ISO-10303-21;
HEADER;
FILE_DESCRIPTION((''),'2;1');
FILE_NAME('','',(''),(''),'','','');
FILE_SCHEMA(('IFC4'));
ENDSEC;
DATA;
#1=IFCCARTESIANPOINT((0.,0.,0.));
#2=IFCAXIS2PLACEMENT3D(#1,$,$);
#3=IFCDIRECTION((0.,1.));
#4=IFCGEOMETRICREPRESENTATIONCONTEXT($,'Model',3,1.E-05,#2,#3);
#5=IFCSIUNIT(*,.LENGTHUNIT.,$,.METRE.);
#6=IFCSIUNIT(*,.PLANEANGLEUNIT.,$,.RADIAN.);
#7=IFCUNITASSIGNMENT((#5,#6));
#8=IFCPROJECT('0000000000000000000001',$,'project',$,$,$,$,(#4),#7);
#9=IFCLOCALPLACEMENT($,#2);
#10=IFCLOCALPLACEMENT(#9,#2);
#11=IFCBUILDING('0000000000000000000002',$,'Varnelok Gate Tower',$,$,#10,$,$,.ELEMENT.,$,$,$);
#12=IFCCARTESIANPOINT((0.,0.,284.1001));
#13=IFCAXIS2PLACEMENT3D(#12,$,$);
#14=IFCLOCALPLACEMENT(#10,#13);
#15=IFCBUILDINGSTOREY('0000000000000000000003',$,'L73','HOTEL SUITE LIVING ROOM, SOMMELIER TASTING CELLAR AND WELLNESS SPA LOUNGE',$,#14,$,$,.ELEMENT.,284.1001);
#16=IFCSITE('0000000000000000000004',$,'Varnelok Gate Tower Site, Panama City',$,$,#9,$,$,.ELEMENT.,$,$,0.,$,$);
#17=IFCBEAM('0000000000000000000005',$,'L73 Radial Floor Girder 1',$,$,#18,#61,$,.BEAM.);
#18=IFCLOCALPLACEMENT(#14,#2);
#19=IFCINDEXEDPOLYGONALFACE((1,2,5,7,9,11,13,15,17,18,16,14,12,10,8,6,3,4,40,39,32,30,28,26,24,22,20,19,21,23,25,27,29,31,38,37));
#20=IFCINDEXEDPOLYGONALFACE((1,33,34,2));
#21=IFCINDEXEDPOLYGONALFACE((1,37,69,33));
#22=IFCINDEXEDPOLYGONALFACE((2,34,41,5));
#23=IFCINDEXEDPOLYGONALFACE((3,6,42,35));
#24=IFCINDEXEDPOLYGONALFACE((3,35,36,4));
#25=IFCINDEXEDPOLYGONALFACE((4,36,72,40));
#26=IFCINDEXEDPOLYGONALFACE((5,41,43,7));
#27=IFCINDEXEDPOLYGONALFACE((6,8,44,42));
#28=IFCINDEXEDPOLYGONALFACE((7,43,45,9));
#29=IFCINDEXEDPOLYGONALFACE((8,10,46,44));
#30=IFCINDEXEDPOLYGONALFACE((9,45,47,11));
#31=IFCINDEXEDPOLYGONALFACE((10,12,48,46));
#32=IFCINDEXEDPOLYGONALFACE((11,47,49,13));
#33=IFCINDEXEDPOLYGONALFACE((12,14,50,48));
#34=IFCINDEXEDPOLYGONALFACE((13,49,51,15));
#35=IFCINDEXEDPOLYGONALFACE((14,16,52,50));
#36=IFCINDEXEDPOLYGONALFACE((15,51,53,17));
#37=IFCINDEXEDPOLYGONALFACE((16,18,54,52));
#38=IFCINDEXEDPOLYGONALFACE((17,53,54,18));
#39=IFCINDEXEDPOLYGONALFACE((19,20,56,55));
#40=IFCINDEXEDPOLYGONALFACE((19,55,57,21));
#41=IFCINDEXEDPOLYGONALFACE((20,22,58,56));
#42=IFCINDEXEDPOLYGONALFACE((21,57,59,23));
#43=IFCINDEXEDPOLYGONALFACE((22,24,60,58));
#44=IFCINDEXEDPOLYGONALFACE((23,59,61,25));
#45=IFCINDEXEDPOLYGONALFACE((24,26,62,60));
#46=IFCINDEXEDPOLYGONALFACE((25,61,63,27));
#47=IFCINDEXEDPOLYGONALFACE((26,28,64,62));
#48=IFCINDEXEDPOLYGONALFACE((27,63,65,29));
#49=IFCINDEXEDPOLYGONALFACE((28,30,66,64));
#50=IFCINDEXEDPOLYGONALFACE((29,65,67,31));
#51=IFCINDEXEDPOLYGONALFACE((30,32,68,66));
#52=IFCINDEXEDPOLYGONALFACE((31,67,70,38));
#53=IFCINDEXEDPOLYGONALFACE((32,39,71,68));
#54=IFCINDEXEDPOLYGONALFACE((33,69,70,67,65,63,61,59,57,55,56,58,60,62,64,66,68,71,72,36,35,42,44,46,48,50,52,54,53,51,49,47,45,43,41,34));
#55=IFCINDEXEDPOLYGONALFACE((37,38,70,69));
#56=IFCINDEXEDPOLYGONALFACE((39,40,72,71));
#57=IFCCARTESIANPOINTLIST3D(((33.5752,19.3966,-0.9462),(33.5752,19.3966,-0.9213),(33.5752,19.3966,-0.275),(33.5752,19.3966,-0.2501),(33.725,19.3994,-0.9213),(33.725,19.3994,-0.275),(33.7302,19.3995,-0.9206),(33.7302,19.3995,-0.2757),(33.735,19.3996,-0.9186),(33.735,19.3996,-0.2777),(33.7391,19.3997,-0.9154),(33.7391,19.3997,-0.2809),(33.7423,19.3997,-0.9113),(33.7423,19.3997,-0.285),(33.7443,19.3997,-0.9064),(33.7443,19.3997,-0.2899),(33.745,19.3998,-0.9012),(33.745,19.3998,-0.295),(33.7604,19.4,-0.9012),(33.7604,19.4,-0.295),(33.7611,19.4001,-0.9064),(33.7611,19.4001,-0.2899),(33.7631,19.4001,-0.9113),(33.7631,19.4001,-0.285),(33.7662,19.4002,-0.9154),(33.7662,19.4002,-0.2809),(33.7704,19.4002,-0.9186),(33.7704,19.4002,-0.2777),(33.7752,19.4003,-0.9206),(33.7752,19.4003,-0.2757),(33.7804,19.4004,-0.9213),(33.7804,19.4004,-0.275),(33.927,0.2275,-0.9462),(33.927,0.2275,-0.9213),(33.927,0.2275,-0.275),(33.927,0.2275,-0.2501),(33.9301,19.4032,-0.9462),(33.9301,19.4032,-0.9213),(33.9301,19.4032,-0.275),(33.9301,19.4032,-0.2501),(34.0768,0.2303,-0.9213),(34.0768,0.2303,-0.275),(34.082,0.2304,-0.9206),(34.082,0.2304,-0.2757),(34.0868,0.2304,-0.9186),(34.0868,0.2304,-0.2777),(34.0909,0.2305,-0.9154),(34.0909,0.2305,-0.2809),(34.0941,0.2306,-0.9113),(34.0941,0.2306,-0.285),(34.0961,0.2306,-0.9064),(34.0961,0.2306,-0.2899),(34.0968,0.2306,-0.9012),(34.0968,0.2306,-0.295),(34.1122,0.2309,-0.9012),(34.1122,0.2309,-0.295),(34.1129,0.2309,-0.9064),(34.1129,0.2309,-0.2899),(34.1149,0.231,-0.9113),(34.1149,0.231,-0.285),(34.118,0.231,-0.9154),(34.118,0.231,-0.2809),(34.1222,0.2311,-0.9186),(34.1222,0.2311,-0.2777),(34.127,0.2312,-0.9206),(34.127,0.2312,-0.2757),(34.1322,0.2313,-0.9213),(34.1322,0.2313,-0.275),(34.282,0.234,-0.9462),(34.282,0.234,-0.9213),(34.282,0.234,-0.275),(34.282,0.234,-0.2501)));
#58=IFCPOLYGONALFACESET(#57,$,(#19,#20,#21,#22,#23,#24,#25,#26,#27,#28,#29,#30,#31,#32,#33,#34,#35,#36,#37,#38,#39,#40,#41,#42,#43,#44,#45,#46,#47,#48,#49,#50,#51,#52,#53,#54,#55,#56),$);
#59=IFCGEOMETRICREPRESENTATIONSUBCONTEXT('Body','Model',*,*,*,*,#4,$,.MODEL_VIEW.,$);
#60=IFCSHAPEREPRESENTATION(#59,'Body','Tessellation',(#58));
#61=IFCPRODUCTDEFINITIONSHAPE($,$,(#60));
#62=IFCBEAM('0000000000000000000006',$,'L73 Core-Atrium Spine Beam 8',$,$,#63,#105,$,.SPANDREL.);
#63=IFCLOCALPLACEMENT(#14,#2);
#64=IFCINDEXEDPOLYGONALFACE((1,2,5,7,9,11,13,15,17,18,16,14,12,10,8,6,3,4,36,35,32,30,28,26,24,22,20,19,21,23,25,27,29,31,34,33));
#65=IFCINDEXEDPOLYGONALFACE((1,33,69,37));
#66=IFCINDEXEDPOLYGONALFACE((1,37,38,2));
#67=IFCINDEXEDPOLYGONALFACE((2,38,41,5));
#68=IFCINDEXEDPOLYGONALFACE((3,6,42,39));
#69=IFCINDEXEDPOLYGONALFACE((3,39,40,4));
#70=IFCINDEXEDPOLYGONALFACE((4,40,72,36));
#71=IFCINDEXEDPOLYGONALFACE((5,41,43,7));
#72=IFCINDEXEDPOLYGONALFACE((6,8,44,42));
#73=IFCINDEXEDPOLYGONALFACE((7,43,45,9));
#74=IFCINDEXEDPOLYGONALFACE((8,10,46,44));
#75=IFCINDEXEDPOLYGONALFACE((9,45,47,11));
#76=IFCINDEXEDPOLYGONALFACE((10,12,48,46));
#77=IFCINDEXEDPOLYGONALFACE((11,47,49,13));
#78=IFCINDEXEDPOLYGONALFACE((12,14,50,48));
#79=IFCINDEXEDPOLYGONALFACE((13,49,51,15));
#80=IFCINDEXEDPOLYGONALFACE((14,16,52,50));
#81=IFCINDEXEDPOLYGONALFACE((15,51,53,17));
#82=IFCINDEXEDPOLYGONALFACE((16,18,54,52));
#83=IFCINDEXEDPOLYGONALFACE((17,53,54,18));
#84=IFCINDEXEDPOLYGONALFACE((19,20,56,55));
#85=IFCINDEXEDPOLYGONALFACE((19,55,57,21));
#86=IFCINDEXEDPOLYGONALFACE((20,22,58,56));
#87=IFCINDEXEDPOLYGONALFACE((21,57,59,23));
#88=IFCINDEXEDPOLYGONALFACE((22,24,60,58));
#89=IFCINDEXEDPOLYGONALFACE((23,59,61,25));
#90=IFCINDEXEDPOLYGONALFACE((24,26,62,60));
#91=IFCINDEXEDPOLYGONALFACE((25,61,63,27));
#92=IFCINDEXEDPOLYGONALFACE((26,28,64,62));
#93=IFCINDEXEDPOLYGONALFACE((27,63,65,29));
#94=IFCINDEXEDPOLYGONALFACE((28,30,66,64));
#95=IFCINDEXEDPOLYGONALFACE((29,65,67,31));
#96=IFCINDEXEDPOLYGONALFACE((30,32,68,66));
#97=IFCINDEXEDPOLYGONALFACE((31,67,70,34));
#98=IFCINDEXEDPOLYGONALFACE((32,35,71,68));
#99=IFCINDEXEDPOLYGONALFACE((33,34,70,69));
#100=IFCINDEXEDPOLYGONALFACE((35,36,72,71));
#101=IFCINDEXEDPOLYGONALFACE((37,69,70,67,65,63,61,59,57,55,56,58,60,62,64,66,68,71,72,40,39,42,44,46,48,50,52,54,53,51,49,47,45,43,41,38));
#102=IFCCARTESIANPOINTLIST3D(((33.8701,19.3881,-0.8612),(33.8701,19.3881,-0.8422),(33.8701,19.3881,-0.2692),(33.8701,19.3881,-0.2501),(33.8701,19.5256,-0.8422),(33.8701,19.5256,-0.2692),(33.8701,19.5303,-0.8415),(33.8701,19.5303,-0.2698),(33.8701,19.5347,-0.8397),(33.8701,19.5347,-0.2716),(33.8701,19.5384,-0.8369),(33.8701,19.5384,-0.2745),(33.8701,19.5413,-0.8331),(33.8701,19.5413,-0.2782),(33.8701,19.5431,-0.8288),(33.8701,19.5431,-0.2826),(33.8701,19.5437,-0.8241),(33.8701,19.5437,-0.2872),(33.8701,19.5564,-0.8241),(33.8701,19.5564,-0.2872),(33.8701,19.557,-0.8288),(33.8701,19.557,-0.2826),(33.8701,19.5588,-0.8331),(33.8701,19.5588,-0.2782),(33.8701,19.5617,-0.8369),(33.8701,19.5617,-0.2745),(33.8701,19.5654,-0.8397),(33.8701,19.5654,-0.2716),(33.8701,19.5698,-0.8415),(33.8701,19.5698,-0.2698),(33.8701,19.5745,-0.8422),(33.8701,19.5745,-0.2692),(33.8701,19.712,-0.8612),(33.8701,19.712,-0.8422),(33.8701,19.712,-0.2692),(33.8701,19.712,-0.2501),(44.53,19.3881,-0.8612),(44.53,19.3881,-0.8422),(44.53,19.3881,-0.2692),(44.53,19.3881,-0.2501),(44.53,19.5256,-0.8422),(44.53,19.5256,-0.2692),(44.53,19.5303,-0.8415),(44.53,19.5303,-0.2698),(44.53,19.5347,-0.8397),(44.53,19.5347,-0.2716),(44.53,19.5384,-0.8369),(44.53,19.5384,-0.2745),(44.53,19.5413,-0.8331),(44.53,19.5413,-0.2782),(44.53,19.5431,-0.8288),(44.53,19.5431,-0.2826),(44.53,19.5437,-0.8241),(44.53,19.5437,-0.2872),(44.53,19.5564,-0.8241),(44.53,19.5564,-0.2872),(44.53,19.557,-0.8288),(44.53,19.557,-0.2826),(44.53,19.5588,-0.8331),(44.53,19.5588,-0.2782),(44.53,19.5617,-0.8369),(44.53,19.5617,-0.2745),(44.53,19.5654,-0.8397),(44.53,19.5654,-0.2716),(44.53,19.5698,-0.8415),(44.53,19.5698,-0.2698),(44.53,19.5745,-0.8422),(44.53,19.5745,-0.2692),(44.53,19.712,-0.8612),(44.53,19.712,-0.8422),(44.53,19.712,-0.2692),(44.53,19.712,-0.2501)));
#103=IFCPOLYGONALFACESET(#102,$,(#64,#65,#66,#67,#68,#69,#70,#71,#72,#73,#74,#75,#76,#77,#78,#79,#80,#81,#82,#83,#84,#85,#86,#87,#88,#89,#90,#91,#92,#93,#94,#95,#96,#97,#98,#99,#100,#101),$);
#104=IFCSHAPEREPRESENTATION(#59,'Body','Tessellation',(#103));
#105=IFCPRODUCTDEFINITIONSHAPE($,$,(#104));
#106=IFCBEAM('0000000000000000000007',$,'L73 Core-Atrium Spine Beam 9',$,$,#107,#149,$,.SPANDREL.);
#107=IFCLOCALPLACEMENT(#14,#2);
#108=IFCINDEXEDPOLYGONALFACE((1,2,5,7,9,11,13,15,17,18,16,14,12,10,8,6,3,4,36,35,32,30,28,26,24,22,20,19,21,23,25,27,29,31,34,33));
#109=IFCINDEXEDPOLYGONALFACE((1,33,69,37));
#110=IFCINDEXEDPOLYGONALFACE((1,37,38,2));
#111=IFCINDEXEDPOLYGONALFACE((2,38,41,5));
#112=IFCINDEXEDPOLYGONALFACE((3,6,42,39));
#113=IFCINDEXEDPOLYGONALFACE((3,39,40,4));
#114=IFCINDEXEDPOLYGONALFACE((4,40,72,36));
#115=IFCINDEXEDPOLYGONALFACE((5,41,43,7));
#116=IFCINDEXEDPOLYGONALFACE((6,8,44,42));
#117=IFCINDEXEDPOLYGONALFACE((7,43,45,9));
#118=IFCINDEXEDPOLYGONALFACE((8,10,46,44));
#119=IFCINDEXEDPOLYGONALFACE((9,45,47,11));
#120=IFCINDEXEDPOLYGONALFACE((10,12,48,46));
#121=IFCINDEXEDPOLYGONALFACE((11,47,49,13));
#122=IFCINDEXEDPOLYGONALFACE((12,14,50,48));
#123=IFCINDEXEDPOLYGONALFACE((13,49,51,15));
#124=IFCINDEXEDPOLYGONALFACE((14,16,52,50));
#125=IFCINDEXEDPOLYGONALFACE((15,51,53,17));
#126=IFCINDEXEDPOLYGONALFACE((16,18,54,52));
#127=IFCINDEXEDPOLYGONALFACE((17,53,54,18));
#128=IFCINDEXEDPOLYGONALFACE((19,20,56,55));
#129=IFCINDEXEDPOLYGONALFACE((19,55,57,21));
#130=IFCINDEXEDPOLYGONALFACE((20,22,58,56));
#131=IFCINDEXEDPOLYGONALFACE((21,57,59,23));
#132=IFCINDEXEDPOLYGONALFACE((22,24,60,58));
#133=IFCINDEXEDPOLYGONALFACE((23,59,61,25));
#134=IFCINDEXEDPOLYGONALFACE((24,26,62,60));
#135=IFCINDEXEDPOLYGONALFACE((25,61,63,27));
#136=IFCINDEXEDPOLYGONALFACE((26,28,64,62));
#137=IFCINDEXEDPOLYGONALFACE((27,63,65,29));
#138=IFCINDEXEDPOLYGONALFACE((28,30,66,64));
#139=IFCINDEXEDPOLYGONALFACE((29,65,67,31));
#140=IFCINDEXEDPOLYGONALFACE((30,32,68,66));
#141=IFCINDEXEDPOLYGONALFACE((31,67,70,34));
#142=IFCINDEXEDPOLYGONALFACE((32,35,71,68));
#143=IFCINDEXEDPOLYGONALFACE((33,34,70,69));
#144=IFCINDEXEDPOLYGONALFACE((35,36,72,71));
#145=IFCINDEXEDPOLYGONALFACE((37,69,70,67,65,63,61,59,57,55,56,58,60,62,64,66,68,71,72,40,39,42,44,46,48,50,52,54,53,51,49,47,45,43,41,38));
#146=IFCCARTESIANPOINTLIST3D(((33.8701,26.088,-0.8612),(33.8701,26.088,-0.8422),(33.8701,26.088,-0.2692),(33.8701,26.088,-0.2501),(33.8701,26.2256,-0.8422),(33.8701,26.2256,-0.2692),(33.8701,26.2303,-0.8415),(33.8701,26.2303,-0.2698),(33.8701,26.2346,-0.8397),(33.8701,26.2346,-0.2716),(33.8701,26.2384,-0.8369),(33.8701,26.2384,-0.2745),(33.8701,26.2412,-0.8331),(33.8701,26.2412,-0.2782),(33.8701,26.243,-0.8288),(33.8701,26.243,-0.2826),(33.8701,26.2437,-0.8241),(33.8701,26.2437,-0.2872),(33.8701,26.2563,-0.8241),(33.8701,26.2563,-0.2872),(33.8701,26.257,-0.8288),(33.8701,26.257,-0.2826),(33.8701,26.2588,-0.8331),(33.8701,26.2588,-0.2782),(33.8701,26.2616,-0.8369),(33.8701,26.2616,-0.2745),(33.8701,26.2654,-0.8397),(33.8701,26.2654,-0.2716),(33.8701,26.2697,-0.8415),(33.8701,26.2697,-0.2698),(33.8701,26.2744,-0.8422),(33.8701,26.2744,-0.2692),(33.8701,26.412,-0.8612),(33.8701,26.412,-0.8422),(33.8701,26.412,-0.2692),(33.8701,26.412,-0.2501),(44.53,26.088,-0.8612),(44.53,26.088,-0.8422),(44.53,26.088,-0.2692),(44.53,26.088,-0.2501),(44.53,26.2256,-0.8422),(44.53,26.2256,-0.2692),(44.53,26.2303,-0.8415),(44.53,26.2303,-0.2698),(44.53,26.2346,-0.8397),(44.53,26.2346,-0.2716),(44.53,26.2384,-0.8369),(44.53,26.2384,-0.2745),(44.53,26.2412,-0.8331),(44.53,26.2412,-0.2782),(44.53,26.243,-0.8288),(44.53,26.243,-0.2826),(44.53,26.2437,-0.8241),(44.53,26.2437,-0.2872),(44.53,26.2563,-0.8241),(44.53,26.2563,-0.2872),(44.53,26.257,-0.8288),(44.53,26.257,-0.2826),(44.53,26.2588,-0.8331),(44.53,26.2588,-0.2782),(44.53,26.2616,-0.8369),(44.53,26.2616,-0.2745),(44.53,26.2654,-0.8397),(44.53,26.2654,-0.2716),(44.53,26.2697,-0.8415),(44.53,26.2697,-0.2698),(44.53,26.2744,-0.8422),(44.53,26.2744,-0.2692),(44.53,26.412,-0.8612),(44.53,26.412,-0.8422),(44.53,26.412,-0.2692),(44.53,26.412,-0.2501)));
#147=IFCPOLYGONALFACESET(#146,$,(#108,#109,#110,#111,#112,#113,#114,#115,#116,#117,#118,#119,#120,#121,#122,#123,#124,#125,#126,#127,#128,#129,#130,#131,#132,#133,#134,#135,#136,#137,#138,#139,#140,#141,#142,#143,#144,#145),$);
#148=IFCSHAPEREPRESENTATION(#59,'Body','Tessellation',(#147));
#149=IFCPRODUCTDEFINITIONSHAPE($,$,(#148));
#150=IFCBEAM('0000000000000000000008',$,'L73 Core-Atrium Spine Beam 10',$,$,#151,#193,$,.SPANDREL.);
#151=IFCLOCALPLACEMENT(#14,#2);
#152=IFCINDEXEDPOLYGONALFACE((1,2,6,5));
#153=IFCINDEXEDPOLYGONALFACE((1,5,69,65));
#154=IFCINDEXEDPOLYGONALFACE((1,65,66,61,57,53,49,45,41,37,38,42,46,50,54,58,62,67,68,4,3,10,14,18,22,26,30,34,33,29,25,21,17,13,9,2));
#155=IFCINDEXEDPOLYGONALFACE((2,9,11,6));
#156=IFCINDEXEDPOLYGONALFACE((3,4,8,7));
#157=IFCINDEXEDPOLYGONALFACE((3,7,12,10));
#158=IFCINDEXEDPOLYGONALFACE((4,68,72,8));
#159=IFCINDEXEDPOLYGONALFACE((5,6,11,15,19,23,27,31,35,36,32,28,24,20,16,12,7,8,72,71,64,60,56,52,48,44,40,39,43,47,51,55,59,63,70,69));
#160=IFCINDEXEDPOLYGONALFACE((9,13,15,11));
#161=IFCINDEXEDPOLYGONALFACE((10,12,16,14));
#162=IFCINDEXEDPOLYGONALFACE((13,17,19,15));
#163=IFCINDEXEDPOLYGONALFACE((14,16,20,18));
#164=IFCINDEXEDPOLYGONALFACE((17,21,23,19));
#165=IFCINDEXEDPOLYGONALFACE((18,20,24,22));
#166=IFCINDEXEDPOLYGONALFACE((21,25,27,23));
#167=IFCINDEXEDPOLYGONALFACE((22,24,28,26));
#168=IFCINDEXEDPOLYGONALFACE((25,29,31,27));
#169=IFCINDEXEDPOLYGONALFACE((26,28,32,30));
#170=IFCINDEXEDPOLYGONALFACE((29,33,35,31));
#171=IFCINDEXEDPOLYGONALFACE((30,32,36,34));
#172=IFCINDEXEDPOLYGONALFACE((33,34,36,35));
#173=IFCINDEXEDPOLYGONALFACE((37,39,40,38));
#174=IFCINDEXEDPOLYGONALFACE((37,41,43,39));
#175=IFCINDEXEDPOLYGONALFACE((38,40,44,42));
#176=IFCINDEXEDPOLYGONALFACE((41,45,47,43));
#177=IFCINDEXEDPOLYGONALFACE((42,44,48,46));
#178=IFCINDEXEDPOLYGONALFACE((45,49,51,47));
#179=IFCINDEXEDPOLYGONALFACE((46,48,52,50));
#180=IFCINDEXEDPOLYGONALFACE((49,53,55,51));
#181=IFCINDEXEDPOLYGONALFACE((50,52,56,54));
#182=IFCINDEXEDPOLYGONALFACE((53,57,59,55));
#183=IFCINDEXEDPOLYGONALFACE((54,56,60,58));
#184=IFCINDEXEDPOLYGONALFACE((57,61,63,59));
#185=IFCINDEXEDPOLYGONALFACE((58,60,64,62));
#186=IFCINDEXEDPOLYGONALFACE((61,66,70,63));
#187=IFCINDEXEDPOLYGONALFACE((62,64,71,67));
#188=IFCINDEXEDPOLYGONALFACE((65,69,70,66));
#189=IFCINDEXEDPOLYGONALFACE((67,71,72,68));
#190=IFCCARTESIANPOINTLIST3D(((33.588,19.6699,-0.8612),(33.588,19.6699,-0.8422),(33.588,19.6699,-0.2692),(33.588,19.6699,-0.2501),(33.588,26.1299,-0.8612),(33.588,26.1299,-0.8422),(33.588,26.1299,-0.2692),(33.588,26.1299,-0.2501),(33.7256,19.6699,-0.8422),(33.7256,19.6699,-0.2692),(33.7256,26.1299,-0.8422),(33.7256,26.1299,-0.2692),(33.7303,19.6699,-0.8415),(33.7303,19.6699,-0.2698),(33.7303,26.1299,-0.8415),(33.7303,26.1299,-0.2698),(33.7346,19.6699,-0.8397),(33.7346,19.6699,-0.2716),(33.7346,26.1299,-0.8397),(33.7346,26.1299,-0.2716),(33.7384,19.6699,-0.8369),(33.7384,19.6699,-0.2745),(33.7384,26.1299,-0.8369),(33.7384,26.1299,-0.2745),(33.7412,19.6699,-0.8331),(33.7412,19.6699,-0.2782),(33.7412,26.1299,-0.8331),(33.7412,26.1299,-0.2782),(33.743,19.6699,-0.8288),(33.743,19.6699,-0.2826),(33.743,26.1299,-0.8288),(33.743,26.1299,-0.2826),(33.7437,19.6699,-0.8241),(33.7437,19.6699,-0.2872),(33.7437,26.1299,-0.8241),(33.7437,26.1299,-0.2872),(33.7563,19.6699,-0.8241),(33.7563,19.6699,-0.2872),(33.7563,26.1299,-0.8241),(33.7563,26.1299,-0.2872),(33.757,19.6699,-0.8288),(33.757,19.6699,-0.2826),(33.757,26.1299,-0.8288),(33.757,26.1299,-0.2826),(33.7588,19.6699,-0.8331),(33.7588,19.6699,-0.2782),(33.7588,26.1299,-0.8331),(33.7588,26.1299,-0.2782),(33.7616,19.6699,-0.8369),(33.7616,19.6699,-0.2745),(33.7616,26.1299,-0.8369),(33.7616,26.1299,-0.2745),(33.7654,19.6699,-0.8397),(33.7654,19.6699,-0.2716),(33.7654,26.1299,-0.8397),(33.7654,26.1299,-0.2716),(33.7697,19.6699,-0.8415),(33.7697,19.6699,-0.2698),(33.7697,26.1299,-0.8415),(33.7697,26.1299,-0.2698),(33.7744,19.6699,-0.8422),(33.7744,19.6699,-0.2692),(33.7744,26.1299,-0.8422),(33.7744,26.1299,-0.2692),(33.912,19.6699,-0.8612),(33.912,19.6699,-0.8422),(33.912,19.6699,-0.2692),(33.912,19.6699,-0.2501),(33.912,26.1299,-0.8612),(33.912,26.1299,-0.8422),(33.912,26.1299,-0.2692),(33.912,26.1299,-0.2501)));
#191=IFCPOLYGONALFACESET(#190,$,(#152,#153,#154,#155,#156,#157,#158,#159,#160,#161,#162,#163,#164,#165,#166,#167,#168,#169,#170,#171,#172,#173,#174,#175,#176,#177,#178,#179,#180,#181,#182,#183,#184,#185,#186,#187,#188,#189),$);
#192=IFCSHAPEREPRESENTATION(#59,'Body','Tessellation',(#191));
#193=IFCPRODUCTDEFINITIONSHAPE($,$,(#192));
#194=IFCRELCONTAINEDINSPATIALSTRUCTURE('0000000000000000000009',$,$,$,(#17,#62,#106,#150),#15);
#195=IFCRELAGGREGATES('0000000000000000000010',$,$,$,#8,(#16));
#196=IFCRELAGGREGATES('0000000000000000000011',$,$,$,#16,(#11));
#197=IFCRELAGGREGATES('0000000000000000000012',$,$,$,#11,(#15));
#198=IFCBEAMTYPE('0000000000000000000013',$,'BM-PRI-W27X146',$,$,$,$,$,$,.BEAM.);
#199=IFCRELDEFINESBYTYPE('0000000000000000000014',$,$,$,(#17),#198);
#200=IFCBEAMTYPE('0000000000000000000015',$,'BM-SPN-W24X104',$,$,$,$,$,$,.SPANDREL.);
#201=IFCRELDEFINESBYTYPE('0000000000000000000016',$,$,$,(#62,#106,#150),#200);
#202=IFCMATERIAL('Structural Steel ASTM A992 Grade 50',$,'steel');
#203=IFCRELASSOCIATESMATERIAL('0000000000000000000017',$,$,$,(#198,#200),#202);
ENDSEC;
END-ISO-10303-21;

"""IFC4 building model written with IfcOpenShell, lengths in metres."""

from ifc_helpers import new_model, si_unit, direction, frame, origin, origin_2d, place, context, subcontext, project, spatial, i_section, extrude, material, material_profile, profile_set, type_object, element, save


model = new_model("IFC4")

# Units and contexts
model_context = context("Model", 3, precision=1e-05, world=origin(), true_north=direction((0.0, 1.0)))
body_context = subcontext(model_context, "Body", "Model", "MODEL_VIEW")
ifc_project = project(units=[si_unit("LENGTHUNIT", "METRE"), si_unit("PLANEANGLEUNIT", "RADIAN")], contexts=[model_context])

# Site, building, storey
site_placement = place(None, origin())
site = spatial("IfcSite", under=ifc_project, at=site_placement, Name="Varnelok Gate Tower Site, Panama City", CompositionType="ELEMENT", RefElevation=0.0)
building_placement = place(site_placement, origin())
building = spatial("IfcBuilding", under=site, at=building_placement, Name="Varnelok Gate Tower", CompositionType="ELEMENT")
storey_placement = place(building_placement, frame((0.0, 0.0, 284.1001)))
storey = spatial("IfcBuildingStorey", under=building, at=storey_placement, Name="L73", Description="HOTEL SUITE LIVING ROOM, SOMMELIER TASTING CELLAR AND WELLNESS SPA LOUNGE", CompositionType="ELEMENT", Elevation=284.1001)

# Shared definitions
ifc_material_1 = material(Name="Structural Steel ASTM A992 Grade 50", Category="steel")

# Beams
ifc_material_profile_1 = material_profile(ifc_material_1, i_section(OverallWidth=0.355, OverallDepth=0.696, WebThickness=0.0154, FlangeThickness=0.0249, FilletRadius=0.02, at=origin_2d()), Name="W27X146")
ifc_profile_set_1 = profile_set([ifc_material_profile_1], Name="Structural Steel ASTM A992 Grade 50")
beam_type_1 = type_object("IfcBeamType", Name="BM-PRI-W27X146", PredefinedType="BEAM", material=ifc_profile_set_1)
beam_1_placement = place(storey_placement, frame((33.7527, 19.3999, -0.5981), z_axis=(0.01835, -0.999832, 0.0), x_axis=(0.999832, 0.01835, 0.0)))
element("IfcBeam", 1, at=beam_1_placement, inside=storey, type_object=beam_type_1, Name="L73 Radial Floor Girder 1", PredefinedType="BEAM", context=body_context, shape_type="SweptSolid", body=[
    extrude(i_section(OverallWidth=0.355, OverallDepth=0.696, WebThickness=0.0154, FlangeThickness=0.0249, FilletRadius=0.02, at=origin_2d()), origin(), (0.0, 0.0, 1.0), 19.1724),
])
ifc_material_profile_2 = material_profile(ifc_material_1, i_section(OverallWidth=0.324, OverallDepth=0.6111, WebThickness=0.0127, FlangeThickness=0.019, FilletRadius=0.0181, at=origin_2d()), Name="W24X104")
ifc_profile_set_2 = profile_set([ifc_material_profile_2], Name="Structural Steel ASTM A992 Grade 50")
beam_type_2 = type_object("IfcBeamType", Name="BM-SPN-W24X104", PredefinedType="SPANDREL", material=ifc_profile_set_2)
for number, where, z_axis, x_axis, name in (
    (2, (33.8701, 19.55, -0.5557), (1.0, 0.0, 0.0), (0.0, 1.0, 0.0), "L73 Core-Atrium Spine Beam 8"),
    (3, (33.8701, 26.25, -0.5557), (1.0, 0.0, 0.0), (0.0, 1.0, 0.0), "L73 Core-Atrium Spine Beam 9"),
):
    element("IfcBeam", number, at=place(storey_placement, frame(where, z_axis=z_axis, x_axis=x_axis)), inside=storey, type_object=beam_type_2, Name=name, PredefinedType="SPANDREL", context=body_context, shape_type="SweptSolid", body=[
        extrude(i_section(OverallWidth=0.324, OverallDepth=0.6111, WebThickness=0.0127, FlangeThickness=0.019, FilletRadius=0.0181, at=origin_2d()), origin(), (0.0, 0.0, 1.0), 10.6599),
    ])
beam_2_placement = place(storey_placement, frame((33.75, 19.6699, -0.5557), z_axis=(0.0, 1.0, 0.0), x_axis=(-1.0, 0.0, 0.0)))
element("IfcBeam", 4, at=beam_2_placement, inside=storey, type_object=beam_type_2, Name="L73 Core-Atrium Spine Beam 10", PredefinedType="SPANDREL", context=body_context, shape_type="SweptSolid", body=[
    extrude(i_section(OverallWidth=0.324, OverallDepth=0.6111, WebThickness=0.0127, FlangeThickness=0.019, FilletRadius=0.0181, at=origin_2d()), origin(), (0.0, 0.0, 1.0), 6.46),
])

save(model, "model.ifc")
